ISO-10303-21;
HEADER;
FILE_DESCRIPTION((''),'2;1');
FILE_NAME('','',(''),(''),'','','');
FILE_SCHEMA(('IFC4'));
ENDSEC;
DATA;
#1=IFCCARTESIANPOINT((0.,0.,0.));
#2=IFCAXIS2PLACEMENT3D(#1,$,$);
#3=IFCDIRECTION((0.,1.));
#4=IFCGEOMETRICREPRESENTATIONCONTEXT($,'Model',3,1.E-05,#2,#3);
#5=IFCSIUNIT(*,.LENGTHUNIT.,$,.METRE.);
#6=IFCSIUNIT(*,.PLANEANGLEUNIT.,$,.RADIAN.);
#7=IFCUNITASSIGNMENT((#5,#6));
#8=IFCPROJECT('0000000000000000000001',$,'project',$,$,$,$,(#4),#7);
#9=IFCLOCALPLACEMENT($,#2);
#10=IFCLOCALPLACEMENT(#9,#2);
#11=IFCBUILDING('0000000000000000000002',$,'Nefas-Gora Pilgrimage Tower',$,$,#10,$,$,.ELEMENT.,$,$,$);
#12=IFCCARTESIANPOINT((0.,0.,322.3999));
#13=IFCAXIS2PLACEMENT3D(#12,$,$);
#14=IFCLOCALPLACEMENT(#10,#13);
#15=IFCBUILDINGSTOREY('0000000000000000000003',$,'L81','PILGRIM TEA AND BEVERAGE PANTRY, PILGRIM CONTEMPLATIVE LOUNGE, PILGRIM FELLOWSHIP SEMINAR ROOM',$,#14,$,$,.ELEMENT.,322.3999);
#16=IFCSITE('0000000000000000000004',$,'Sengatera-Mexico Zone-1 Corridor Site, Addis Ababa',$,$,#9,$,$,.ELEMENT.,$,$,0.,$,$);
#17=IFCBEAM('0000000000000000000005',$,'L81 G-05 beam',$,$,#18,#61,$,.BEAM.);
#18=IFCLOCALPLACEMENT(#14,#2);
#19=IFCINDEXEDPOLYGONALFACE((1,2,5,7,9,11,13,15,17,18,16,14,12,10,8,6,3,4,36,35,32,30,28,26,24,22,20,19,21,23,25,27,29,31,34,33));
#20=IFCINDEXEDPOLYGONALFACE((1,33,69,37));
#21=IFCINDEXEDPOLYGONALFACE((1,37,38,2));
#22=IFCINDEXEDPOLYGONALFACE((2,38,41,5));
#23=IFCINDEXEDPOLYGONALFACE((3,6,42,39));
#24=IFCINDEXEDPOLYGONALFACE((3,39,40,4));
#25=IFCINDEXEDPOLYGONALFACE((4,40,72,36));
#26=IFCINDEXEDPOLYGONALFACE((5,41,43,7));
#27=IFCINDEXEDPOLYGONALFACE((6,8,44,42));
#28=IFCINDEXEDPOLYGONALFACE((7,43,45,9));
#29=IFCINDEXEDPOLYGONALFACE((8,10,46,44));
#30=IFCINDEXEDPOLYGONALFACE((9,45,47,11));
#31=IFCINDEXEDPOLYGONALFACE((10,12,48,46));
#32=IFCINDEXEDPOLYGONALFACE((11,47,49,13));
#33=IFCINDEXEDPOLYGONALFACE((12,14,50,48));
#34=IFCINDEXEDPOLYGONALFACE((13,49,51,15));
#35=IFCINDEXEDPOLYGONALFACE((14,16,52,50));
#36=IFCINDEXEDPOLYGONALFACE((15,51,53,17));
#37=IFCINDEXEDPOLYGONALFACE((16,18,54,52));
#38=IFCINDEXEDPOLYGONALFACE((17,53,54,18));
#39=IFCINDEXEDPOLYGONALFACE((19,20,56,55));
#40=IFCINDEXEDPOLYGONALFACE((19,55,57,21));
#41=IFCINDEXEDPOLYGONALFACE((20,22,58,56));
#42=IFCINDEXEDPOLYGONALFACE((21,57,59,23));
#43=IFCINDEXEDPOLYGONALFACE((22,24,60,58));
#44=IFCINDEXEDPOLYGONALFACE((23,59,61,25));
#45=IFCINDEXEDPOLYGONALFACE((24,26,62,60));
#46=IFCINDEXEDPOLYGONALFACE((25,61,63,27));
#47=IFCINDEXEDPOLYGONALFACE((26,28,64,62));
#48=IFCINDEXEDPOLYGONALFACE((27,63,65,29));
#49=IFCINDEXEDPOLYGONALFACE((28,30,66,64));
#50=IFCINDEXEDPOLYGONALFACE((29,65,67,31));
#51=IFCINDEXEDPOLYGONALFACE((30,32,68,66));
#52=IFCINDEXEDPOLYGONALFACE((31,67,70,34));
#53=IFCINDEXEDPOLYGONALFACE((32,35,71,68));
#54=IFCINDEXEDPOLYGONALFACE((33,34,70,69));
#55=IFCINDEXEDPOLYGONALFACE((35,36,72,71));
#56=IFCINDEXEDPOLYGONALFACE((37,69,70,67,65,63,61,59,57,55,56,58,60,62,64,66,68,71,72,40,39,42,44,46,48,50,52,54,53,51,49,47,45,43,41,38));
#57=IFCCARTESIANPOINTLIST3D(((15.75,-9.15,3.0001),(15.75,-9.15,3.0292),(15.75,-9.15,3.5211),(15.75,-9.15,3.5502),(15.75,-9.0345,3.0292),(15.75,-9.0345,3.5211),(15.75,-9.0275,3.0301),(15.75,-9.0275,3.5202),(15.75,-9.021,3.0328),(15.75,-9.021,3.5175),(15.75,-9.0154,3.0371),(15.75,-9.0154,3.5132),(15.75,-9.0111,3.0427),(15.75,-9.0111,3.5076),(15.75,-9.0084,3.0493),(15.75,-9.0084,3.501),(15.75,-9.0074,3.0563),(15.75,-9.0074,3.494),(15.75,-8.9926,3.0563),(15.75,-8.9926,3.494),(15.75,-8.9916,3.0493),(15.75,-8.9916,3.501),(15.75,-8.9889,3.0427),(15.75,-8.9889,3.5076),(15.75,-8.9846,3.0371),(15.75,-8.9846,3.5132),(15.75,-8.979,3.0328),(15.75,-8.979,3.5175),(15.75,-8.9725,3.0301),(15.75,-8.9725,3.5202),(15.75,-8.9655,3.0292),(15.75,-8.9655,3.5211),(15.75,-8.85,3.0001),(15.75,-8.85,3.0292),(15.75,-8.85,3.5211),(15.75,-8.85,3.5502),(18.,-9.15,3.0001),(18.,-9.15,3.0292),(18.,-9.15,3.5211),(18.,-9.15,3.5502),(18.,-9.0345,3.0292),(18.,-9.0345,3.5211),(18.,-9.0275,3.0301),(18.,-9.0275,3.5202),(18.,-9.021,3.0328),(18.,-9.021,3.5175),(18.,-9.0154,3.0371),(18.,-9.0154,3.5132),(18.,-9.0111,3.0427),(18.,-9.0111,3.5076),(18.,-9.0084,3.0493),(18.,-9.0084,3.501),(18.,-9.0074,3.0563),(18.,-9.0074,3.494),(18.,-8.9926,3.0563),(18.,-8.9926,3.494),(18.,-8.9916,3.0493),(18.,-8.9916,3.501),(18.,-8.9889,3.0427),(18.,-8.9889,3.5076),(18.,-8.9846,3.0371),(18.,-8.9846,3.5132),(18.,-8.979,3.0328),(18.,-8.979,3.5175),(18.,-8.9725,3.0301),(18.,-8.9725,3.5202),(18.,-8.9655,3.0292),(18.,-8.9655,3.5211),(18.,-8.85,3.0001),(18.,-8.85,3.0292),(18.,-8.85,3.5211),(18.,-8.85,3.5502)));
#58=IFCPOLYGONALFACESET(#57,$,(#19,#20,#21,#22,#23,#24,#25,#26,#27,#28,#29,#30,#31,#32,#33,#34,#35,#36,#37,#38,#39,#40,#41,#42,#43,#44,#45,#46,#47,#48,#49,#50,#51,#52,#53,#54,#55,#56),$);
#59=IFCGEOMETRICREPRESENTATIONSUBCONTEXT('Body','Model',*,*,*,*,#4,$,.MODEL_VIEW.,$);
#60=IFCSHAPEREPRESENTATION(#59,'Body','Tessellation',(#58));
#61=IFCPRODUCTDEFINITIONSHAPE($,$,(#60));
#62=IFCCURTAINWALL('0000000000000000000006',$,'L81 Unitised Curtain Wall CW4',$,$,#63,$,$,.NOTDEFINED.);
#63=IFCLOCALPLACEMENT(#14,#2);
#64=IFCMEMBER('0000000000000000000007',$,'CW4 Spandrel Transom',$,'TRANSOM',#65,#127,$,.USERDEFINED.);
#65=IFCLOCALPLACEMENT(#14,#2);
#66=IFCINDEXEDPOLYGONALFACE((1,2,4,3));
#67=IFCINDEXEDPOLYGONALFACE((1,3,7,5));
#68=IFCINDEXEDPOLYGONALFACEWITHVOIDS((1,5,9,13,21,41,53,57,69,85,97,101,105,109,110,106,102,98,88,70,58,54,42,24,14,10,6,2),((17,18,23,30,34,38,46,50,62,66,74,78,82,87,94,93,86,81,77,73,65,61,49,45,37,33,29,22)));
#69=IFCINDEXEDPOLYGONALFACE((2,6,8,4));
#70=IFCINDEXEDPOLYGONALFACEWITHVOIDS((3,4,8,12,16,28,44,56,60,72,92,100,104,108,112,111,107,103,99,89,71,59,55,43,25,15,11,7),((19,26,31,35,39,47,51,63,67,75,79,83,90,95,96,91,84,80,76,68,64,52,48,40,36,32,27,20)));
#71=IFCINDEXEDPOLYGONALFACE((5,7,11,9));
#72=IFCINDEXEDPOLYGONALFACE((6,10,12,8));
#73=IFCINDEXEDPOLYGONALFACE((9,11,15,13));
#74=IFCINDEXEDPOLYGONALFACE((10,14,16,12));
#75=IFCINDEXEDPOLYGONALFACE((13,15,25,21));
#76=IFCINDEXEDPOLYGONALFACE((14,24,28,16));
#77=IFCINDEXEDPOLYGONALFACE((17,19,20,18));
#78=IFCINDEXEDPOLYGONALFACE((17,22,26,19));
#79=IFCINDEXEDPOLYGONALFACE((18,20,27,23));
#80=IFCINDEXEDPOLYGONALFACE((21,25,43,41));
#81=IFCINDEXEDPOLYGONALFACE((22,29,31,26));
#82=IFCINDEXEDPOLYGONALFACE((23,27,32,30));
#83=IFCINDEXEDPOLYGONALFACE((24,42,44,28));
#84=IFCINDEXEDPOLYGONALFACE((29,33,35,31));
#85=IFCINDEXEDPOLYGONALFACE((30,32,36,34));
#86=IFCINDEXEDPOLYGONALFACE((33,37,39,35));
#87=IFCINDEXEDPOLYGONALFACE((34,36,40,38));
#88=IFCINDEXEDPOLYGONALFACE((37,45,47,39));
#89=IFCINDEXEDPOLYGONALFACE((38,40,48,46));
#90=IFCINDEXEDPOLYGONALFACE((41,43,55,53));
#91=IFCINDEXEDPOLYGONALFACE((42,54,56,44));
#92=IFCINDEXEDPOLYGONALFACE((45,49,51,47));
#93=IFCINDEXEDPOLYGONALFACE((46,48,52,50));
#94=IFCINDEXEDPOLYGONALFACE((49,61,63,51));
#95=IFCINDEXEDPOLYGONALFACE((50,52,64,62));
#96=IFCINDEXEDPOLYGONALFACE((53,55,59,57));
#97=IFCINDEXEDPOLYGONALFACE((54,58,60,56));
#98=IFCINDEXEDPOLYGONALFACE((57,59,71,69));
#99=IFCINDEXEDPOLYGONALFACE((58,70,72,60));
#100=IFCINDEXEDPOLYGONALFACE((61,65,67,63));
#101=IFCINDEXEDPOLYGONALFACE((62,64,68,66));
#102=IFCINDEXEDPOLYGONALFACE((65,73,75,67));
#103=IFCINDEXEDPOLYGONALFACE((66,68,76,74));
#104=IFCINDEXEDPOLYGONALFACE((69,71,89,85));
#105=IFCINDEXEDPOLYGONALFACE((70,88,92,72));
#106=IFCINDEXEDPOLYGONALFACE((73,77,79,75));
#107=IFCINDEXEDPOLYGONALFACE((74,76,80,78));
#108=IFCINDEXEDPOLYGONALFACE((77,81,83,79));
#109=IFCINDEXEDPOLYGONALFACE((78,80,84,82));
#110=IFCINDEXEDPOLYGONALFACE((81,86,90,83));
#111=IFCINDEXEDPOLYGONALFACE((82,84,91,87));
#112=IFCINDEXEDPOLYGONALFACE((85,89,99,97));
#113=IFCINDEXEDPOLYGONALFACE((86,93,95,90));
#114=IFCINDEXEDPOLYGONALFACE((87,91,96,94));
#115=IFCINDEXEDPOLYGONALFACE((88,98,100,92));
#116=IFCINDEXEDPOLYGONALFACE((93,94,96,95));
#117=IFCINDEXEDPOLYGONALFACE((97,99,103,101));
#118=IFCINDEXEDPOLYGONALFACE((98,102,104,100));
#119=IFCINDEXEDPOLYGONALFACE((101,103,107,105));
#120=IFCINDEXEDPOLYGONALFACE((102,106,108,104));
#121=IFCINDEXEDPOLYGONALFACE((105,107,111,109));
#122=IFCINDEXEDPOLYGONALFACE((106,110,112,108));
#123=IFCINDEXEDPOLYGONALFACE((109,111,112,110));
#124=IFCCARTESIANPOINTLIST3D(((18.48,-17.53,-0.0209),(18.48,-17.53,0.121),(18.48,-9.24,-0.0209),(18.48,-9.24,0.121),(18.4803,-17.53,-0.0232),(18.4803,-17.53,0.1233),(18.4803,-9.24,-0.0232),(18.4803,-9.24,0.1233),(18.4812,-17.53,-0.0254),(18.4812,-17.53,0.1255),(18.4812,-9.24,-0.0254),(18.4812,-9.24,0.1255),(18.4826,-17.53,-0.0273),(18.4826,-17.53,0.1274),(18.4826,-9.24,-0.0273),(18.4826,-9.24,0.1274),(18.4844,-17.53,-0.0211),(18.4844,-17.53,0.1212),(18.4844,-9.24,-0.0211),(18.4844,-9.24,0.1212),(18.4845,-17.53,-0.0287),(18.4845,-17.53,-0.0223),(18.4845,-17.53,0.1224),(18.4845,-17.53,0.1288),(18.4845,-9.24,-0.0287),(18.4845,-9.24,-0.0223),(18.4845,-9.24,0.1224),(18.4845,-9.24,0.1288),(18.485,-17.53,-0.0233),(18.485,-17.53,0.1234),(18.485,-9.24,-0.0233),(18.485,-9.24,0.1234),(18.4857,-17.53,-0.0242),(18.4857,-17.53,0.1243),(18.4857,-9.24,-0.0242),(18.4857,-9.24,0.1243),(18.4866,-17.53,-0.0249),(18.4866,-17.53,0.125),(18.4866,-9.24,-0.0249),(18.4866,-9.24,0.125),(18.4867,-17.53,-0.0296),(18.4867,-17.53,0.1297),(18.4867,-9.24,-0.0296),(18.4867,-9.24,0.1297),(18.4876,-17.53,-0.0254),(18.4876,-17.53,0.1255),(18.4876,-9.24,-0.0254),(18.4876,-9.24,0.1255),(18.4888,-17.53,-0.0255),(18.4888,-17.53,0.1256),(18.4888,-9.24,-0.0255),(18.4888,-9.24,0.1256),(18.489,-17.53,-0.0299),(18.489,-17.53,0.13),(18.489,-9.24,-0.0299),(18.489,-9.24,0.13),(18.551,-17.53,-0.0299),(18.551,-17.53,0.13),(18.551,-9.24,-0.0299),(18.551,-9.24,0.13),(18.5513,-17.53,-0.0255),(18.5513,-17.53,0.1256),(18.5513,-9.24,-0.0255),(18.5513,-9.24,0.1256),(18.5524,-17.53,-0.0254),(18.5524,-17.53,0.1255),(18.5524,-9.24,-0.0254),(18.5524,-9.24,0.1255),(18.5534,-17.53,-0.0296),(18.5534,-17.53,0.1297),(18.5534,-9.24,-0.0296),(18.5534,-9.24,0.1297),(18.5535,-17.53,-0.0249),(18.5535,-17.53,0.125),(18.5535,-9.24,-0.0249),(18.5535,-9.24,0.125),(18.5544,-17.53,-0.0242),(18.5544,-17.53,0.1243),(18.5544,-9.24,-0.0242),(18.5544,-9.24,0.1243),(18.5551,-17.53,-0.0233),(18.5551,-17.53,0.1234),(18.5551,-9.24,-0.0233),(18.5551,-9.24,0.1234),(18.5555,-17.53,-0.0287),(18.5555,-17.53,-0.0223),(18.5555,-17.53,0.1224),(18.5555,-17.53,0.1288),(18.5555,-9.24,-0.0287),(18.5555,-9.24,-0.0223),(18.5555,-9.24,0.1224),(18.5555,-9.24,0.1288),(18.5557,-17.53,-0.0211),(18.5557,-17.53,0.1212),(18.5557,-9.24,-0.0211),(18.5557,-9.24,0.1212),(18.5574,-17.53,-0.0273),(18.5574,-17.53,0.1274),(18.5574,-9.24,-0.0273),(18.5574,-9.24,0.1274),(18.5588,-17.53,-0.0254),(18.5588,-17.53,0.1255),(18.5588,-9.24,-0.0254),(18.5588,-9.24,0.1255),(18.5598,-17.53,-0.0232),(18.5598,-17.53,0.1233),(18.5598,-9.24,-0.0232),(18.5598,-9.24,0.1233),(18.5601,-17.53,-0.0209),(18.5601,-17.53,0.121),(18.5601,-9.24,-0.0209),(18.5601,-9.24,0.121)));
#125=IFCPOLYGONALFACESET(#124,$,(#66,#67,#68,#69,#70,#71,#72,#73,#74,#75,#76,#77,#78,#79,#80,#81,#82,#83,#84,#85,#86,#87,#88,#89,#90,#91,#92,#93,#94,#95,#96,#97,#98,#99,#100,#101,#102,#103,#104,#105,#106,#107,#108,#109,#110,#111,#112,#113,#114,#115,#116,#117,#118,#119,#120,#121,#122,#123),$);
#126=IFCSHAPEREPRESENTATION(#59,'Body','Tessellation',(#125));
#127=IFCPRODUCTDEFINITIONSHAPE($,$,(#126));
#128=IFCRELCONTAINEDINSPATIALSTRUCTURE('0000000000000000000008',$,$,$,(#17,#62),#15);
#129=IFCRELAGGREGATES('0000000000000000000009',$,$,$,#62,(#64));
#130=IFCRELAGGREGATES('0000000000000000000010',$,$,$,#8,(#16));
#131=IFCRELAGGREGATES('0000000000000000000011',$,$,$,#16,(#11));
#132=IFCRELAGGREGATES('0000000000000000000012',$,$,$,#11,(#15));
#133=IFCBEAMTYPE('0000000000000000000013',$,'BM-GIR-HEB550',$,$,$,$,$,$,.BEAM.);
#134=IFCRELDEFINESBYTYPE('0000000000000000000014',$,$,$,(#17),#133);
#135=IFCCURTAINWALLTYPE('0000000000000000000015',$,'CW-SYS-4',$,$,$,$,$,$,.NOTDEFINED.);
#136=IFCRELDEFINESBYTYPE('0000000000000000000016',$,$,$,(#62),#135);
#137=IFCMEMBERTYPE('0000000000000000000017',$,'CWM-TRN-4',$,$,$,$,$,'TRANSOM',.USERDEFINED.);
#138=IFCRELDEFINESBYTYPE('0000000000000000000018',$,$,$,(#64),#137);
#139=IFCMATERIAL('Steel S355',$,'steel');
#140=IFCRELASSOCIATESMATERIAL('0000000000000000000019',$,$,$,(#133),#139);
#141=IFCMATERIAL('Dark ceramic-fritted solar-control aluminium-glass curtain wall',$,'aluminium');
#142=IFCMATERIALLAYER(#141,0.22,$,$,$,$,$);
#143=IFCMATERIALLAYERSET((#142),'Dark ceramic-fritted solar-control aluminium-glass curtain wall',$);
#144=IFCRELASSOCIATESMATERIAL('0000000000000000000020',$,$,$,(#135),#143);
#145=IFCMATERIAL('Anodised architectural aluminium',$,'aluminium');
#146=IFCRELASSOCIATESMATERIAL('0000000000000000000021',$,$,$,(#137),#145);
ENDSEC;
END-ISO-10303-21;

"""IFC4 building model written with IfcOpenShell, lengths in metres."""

from ifc_helpers import new_model, si_unit, direction, frame, origin, origin_2d, place, context, subcontext, project, spatial, hollow_rectangle, i_section, extrude, source, transform, mapped, material, layer, layer_set, material_profile, profile_set, type_object, element, aggregate, save


model = new_model("IFC4")

# Units and contexts
model_context = context("Model", 3, precision=1e-05, world=origin(), true_north=direction((0.0, 1.0)))
body_context = subcontext(model_context, "Body", "Model", "MODEL_VIEW")
ifc_project = project(units=[si_unit("LENGTHUNIT", "METRE"), si_unit("PLANEANGLEUNIT", "RADIAN")], contexts=[model_context])

# Site, building, storey
site_placement = place(None, origin())
site = spatial("IfcSite", under=ifc_project, at=site_placement, Name="Sengatera-Mexico Zone-1 Corridor Site, Addis Ababa", CompositionType="ELEMENT", RefElevation=0.0)
building_placement = place(site_placement, origin())
building = spatial("IfcBuilding", under=site, at=building_placement, Name="Nefas-Gora Pilgrimage Tower", CompositionType="ELEMENT")
storey_placement = place(building_placement, frame((0.0, 0.0, 322.3999)))
storey = spatial("IfcBuildingStorey", under=building, at=storey_placement, Name="L81", Description="PILGRIM TEA AND BEVERAGE PANTRY, PILGRIM CONTEMPLATIVE LOUNGE, PILGRIM FELLOWSHIP SEMINAR ROOM", CompositionType="ELEMENT", Elevation=322.3999)

# Shared definitions
ifc_material_1 = material(Name="Steel S355", Category="steel")

# Beam
ifc_material_profile_1 = material_profile(ifc_material_1, i_section(OverallWidth=0.3, OverallDepth=0.55, WebThickness=0.0149, FlangeThickness=0.0291, FilletRadius=0.0271, at=origin_2d()), Name="HEB 550")
ifc_profile_set_1 = profile_set([ifc_material_profile_1], Name="Steel S355")
beam_type_1 = type_object("IfcBeamType", Name="BM-GIR-HEB550", PredefinedType="BEAM", material=ifc_profile_set_1)
shared_shape_1 = source(origin(), body_context, "Body", "SweptSolid", [
    extrude(i_section(OverallWidth=0.3, OverallDepth=0.55, WebThickness=0.0149, FlangeThickness=0.0291, FilletRadius=0.0271, at=origin_2d()), origin(), (0.0, 0.0, 1.0), 2.25),
])
for number, where, z_axis, x_axis, name in (
    (1, (15.75, -9.0, 3.2751), (1.0, 0.0, 0.0), (0.0, 1.0, 0.0), "L81 G-05 beam"),
):
    element("IfcBeam", number, at=place(storey_placement, frame(where, z_axis=z_axis, x_axis=x_axis)), inside=storey, type_object=beam_type_1, Name=name, PredefinedType="BEAM", context=body_context, shape_type="MappedRepresentation", body=[
        mapped(shared_shape_1, transform((0.0, 0.0, 0.0), x_axis=(1.0, 0.0, 0.0), y_axis=(0.0, 1.0, 0.0), z_axis=(0.0, 0.0, 1.0), scale=1.0)),
    ])

# Curtain wall, member
ifc_material_2 = material(Name="Dark ceramic-fritted solar-control aluminium-glass curtain wall", Category="aluminium")
ifc_layer_1 = layer(ifc_material_2, 0.22)
ifc_layer_set_1 = layer_set([ifc_layer_1], Name="Dark ceramic-fritted solar-control aluminium-glass curtain wall")
curtain_wall_type = type_object("IfcCurtainWallType", Name="CW-SYS-4", PredefinedType="NOTDEFINED", material=ifc_layer_set_1)
curtain_wall_placement = place(storey_placement, origin())
curtain_wall = element("IfcCurtainWall", 2, at=curtain_wall_placement, inside=storey, type_object=curtain_wall_type, Name="L81 Unitised Curtain Wall CW4", PredefinedType="NOTDEFINED")
ifc_material_3 = material(Name="Anodised architectural aluminium", Category="aluminium")
ifc_material_profile_2 = material_profile(ifc_material_3, hollow_rectangle(XDim=0.0801, YDim=0.1599, WallThickness=0.0044, InnerFilletRadius=0.0044, OuterFilletRadius=0.009, at=origin_2d()), Name="ALU TRANSOM 80x160")
ifc_profile_set_2 = profile_set([ifc_material_profile_2], Name="Anodised architectural aluminium")
member_type_1 = type_object("IfcMemberType", Name="CWM-TRN-4", ElementType="TRANSOM", PredefinedType="USERDEFINED", material=ifc_profile_set_2)
shared_shape_2 = source(origin(), body_context, "Body", "SweptSolid", [
    extrude(hollow_rectangle(XDim=0.0801, YDim=0.1599, WallThickness=0.0044, InnerFilletRadius=0.0044, OuterFilletRadius=0.009, at=origin_2d()), origin(), (0.0, 0.0, 1.0), 8.29),
])
member_1_placement = place(storey_placement, frame((18.52, -17.53, 0.05), z_axis=(0.0, 1.0, 0.0), x_axis=(-1.0, 0.0, 0.0)))
member_1 = element("IfcMember", 3, at=member_1_placement, type_object=member_type_1, Name="CW4 Spandrel Transom", ObjectType="TRANSOM", PredefinedType="USERDEFINED", context=body_context, shape_type="MappedRepresentation", body=[
    mapped(shared_shape_2, transform((0.0, 0.0, 0.0), x_axis=(1.0, 0.0, 0.0), y_axis=(0.0, 1.0, 0.0), z_axis=(0.0, 0.0, 1.0), scale=1.0)),
])

aggregate(curtain_wall, [member_1])

save(model, "model.ifc")
